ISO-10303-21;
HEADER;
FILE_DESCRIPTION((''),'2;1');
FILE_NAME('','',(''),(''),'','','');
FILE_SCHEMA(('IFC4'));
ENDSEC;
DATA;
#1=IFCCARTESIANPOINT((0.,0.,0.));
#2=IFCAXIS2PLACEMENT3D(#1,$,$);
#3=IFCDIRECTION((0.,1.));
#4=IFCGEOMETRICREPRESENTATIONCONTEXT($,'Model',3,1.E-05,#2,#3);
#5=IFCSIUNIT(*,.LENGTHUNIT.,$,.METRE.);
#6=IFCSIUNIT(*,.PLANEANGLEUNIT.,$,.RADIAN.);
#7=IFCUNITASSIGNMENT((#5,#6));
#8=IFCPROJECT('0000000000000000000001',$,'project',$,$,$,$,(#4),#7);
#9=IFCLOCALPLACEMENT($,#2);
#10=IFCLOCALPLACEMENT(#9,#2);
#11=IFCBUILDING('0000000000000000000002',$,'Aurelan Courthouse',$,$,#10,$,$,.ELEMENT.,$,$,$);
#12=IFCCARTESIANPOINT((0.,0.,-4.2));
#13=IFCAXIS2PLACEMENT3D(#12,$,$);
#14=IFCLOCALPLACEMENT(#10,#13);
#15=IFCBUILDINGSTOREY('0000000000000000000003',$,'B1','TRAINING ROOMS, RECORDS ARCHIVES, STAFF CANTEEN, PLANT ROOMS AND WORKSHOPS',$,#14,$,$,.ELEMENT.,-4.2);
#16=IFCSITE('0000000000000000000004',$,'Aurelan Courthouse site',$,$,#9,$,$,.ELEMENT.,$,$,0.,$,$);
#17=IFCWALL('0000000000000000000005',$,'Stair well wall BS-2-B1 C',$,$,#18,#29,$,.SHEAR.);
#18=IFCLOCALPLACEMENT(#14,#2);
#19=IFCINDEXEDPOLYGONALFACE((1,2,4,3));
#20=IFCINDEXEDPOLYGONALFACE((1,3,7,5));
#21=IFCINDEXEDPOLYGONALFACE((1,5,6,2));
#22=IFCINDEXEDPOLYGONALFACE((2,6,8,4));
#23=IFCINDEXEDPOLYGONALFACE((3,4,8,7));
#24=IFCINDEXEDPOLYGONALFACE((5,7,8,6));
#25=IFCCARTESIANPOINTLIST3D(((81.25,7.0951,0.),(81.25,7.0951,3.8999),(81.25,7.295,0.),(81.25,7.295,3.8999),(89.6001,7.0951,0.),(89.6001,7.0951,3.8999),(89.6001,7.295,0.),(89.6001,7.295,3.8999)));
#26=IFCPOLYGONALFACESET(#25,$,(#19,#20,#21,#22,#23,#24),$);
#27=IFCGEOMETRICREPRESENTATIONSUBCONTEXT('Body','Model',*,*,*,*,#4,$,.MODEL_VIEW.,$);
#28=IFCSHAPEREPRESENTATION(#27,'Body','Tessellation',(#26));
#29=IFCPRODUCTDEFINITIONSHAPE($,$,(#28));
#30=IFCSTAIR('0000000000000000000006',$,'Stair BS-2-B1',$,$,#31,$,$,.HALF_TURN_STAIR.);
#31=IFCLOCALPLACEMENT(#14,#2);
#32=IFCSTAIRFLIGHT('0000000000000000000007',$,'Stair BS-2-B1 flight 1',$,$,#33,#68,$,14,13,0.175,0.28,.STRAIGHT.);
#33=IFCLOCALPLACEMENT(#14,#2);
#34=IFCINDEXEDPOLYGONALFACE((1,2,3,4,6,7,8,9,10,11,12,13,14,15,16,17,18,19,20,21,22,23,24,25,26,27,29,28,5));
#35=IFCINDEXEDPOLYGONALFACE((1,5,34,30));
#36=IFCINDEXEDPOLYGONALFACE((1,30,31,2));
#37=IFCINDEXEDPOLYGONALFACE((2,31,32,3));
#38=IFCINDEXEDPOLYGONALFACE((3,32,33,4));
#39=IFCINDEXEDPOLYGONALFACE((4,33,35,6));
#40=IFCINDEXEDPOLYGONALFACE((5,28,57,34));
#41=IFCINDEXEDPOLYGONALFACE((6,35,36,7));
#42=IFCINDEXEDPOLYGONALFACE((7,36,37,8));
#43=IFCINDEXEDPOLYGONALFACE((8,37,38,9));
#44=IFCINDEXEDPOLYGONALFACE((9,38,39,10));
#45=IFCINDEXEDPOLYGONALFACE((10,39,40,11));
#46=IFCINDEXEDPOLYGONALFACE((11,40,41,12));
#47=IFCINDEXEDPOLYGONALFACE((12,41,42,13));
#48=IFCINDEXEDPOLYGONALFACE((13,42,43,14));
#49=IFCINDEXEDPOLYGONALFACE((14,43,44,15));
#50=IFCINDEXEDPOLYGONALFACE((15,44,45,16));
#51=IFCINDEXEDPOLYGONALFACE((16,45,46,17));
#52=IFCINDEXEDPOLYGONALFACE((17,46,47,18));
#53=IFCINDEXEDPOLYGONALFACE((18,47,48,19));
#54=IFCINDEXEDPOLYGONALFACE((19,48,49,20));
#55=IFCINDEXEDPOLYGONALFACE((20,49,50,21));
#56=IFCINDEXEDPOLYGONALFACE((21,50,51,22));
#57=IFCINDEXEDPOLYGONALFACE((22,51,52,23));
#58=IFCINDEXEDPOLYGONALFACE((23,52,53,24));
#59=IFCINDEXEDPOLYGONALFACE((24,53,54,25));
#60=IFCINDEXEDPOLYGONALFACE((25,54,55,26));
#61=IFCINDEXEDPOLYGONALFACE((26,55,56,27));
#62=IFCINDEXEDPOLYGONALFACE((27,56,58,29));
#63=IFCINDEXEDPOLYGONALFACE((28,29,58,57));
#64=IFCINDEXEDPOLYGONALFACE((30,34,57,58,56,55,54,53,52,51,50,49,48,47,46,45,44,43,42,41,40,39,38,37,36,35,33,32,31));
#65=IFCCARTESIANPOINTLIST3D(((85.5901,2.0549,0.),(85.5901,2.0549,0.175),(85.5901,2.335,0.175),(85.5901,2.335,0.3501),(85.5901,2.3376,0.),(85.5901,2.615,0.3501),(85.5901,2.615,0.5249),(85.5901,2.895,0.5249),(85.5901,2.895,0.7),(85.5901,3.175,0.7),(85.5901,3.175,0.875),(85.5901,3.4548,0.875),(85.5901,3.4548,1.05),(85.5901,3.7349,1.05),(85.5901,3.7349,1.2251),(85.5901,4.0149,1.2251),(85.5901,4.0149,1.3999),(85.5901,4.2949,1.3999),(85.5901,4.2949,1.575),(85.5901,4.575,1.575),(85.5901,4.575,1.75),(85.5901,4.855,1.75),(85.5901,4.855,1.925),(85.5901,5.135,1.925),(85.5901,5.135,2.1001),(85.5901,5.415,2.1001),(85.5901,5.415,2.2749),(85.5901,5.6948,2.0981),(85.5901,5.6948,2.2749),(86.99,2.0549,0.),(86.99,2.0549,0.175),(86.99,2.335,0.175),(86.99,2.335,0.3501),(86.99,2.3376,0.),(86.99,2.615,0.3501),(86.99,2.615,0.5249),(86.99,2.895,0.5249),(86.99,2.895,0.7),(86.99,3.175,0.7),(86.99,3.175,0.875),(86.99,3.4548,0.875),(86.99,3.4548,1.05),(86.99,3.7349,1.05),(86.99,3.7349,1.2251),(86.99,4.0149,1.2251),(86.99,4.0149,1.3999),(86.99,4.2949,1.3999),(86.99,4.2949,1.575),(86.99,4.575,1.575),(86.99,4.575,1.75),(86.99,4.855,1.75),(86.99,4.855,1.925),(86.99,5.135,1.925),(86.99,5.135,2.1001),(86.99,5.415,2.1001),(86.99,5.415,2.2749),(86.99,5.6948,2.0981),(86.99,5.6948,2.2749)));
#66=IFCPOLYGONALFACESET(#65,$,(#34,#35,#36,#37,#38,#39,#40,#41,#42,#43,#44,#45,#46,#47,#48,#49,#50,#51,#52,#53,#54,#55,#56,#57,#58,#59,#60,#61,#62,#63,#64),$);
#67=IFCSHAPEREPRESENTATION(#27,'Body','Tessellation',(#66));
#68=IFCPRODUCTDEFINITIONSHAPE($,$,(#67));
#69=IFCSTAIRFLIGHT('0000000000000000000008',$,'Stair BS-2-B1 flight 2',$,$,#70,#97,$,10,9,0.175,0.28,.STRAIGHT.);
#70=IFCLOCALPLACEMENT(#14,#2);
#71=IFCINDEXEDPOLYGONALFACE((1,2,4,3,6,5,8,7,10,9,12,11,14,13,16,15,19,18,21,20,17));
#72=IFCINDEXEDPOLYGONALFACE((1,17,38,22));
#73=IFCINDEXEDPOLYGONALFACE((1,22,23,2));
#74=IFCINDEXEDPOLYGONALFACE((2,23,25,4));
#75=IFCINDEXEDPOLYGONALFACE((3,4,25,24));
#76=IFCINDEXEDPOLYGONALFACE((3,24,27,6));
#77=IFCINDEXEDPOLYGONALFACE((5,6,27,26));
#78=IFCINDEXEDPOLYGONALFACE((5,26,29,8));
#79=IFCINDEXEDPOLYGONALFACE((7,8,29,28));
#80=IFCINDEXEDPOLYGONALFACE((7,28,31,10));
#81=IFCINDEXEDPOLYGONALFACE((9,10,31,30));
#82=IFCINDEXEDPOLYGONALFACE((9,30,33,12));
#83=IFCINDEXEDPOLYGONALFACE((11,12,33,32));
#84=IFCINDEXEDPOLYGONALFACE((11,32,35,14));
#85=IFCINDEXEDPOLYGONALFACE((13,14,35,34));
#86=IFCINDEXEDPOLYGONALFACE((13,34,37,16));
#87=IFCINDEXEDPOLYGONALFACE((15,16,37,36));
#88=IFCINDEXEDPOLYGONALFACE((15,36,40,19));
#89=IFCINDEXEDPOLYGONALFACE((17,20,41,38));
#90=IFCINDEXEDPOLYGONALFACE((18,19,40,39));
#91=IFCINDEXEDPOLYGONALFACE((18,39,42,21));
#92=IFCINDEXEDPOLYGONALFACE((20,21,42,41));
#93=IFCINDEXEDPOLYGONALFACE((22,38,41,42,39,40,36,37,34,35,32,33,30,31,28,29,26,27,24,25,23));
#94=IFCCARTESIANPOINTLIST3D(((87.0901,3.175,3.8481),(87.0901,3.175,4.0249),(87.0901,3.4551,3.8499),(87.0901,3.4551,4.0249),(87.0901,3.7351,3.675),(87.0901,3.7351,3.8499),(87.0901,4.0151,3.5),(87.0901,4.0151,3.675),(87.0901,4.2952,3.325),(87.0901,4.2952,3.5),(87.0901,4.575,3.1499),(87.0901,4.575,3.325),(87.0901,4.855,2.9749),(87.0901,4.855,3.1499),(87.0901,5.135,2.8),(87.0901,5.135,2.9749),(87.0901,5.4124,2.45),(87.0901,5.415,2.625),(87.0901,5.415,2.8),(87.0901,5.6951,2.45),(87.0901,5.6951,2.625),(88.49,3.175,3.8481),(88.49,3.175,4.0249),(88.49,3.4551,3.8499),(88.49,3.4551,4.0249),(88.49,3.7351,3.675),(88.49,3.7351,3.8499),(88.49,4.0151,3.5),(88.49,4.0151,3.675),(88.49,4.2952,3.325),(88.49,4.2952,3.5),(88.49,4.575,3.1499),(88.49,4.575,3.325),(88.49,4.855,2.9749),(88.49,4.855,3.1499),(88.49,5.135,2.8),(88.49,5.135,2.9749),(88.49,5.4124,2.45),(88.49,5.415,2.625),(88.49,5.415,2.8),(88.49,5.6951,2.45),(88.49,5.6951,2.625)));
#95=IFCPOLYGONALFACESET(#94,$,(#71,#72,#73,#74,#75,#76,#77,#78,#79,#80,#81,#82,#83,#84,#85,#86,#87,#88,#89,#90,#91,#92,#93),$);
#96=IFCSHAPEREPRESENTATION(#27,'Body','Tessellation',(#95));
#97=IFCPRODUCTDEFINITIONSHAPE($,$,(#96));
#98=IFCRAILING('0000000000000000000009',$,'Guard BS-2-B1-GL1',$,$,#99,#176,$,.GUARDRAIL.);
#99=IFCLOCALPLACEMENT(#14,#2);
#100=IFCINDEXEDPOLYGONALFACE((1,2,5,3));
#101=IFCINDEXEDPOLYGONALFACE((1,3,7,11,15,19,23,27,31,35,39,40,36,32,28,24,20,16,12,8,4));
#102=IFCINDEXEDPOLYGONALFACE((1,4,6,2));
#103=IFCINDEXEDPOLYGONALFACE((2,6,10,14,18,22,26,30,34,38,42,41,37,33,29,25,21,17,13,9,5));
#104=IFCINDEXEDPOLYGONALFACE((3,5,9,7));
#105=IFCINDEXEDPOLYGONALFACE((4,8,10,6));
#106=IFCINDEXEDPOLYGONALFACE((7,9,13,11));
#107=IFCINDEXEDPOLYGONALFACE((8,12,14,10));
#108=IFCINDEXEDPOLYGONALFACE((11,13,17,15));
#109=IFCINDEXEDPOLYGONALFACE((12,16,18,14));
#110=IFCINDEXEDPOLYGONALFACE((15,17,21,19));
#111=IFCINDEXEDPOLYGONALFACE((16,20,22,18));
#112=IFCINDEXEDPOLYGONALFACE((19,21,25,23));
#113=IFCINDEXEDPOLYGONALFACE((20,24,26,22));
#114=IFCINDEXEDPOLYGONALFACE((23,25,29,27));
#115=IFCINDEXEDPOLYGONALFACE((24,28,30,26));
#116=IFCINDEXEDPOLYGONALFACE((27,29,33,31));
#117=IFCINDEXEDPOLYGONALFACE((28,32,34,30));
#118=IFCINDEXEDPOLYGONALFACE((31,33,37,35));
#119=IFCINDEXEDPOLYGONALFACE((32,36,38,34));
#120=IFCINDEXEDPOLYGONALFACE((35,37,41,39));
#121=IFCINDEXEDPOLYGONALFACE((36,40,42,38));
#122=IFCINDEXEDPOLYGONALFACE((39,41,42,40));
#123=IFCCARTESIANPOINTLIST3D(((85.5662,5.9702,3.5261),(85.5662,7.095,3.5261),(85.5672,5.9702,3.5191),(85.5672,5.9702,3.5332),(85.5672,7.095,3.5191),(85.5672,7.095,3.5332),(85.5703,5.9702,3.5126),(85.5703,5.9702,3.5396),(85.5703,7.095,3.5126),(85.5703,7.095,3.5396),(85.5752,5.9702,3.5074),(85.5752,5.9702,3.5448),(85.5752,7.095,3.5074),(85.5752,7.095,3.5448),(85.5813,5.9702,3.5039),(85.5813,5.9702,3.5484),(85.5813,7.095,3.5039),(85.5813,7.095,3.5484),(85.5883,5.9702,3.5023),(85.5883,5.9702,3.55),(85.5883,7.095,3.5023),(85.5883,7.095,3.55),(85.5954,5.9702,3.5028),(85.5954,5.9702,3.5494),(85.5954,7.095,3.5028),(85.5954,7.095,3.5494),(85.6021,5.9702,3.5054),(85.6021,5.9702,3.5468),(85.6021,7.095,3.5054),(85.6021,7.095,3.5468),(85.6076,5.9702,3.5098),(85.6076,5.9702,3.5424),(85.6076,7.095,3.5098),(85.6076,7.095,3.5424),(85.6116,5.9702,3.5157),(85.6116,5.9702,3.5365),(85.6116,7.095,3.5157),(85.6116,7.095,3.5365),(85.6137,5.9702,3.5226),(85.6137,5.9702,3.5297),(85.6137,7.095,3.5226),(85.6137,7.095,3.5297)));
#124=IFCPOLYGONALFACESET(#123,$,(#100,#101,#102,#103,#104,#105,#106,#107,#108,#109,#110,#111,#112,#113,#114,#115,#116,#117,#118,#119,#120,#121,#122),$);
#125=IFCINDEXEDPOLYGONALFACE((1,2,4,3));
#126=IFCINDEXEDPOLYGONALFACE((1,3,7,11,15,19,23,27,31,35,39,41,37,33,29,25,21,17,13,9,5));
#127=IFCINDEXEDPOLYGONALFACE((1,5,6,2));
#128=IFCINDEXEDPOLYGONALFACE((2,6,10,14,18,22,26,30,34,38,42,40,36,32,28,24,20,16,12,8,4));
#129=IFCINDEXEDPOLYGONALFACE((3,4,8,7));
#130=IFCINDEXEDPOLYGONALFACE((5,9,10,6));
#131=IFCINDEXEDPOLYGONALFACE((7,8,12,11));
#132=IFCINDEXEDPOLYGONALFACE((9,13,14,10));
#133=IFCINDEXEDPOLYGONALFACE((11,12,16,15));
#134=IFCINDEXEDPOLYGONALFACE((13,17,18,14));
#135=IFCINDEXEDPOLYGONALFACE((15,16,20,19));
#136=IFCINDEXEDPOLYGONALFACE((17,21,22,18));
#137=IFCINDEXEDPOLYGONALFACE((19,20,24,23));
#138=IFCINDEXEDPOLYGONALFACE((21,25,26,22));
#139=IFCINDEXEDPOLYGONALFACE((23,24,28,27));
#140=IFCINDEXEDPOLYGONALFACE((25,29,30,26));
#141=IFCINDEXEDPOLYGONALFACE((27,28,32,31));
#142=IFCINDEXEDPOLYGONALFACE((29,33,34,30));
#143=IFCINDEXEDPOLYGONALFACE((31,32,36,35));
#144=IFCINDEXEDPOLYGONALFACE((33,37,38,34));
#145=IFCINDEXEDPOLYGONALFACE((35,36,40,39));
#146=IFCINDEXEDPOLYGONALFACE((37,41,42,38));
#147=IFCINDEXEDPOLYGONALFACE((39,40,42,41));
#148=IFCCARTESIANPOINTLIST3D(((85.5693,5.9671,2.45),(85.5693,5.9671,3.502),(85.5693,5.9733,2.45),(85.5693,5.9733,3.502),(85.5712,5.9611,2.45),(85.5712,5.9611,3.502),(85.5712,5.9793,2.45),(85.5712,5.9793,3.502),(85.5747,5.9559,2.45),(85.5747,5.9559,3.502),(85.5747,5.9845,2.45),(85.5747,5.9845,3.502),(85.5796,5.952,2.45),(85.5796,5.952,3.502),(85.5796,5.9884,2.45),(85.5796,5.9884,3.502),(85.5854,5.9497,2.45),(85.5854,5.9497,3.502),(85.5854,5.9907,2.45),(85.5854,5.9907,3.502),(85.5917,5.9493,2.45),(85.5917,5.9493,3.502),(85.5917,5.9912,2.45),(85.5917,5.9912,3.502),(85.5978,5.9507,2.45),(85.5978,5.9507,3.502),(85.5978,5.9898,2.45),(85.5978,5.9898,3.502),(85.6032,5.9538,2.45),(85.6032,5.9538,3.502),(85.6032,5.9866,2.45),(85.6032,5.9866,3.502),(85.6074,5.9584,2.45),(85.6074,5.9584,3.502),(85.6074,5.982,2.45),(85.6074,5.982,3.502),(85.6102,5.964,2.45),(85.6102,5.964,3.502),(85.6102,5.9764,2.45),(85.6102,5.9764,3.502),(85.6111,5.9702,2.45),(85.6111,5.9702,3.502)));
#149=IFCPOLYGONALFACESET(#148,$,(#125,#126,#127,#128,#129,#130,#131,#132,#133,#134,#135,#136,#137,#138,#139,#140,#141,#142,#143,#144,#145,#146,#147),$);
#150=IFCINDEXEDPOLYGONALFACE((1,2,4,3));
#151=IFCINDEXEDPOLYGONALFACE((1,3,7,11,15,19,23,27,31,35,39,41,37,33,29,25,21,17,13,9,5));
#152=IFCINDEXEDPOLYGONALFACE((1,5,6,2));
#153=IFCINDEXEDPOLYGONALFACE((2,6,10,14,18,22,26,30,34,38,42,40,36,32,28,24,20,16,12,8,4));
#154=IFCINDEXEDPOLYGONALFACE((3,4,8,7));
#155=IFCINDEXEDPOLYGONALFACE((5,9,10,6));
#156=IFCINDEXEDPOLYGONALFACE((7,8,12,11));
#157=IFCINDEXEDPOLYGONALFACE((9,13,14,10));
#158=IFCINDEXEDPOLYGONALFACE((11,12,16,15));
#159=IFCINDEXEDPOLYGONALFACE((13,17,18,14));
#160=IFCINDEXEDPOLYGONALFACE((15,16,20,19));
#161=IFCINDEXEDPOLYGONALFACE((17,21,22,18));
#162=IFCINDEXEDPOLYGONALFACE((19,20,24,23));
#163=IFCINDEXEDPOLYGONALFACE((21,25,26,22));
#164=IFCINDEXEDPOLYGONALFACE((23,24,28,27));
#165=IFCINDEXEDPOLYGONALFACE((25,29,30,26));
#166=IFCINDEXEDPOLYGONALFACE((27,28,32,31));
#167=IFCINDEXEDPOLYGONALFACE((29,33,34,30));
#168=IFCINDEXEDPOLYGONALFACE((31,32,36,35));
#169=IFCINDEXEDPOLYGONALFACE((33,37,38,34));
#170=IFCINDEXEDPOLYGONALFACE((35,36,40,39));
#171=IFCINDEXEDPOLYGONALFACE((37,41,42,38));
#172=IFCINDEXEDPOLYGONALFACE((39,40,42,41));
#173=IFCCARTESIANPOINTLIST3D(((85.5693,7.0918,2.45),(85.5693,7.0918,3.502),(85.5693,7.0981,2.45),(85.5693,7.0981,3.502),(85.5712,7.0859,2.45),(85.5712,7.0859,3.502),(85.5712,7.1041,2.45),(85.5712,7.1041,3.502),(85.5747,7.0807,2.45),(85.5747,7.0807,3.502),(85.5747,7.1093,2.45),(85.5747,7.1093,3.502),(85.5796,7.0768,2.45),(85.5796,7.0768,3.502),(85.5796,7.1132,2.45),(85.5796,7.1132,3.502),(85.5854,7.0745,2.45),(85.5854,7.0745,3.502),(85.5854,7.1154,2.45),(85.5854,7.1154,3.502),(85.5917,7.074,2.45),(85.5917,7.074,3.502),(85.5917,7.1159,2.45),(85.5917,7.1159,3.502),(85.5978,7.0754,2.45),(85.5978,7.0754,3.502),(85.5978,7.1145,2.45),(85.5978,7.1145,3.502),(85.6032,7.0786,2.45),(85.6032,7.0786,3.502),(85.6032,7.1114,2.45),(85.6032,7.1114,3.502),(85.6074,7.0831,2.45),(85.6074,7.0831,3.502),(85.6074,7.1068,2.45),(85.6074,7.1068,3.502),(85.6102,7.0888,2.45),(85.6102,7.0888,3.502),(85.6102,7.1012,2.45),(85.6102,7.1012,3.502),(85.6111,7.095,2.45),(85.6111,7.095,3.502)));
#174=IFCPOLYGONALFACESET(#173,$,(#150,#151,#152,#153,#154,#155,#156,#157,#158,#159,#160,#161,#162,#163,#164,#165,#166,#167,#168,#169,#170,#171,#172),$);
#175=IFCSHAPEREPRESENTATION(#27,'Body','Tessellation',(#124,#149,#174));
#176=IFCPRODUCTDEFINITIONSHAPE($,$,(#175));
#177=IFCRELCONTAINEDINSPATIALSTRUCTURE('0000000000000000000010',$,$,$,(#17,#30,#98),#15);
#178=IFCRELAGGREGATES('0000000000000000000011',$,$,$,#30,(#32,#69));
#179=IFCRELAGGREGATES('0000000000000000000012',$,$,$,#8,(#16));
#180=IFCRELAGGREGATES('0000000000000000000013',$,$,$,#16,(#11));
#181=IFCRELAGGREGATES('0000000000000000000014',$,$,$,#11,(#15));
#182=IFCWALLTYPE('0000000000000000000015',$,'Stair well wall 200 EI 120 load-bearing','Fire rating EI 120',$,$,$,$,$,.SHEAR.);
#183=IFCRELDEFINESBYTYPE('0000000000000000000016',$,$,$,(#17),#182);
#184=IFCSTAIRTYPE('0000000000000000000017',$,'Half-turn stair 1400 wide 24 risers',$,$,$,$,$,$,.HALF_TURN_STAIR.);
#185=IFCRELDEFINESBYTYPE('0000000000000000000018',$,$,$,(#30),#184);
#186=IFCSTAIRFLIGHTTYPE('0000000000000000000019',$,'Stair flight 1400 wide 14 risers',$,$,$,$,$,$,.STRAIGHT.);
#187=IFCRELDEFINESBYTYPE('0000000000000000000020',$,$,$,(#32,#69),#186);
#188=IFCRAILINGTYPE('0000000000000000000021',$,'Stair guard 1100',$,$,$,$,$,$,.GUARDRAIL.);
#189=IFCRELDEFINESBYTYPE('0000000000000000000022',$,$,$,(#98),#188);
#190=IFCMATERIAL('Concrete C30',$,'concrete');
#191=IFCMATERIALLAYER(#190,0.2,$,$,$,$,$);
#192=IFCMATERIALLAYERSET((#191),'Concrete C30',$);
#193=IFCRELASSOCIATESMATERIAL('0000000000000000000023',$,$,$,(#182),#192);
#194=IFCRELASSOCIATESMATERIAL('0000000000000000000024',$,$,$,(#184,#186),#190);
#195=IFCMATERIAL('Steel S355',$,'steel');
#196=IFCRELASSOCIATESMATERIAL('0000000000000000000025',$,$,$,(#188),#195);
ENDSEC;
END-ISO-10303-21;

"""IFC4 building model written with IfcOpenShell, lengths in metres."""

from ifc_helpers import new_model, si_unit, direction, frame, frame_2d, origin, origin_2d, place, context, subcontext, project, spatial, polyline, rectangle, circle, outline, extrude, material, layer, layer_set, type_object, element, aggregate, save


model = new_model("IFC4")

# Units and contexts
model_context = context("Model", 3, precision=1e-05, world=origin(), true_north=direction((0.0, 1.0)))
body_context = subcontext(model_context, "Body", "Model", "MODEL_VIEW")
ifc_project = project(units=[si_unit("LENGTHUNIT", "METRE"), si_unit("PLANEANGLEUNIT", "RADIAN")], contexts=[model_context])

# Site, building, storey
site_placement = place(None, origin())
site = spatial("IfcSite", under=ifc_project, at=site_placement, Name="Aurelan Courthouse site", CompositionType="ELEMENT", RefElevation=0.0)
building_placement = place(site_placement, origin())
building = spatial("IfcBuilding", under=site, at=building_placement, Name="Aurelan Courthouse", CompositionType="ELEMENT")
storey_placement = place(building_placement, frame((0.0, 0.0, -4.2)))
storey = spatial("IfcBuildingStorey", under=building, at=storey_placement, Name="B1", Description="TRAINING ROOMS, RECORDS ARCHIVES, STAFF CANTEEN, PLANT ROOMS AND WORKSHOPS", CompositionType="ELEMENT", Elevation=-4.2)

# Wall
ifc_material_1 = material(Name="Concrete C30", Category="concrete")
ifc_layer_1 = layer(ifc_material_1, 0.2)
ifc_layer_set_1 = layer_set([ifc_layer_1], Name="Concrete C30")
wall_type_1 = type_object("IfcWallType", Name="Stair well wall 200 EI 120 load-bearing", Description="Fire rating EI 120", PredefinedType="SHEAR", material=ifc_layer_set_1)
wall_1_placement = place(storey_placement, frame((81.25, 7.1951, 0.0), z_axis=(0.0, 0.0, 1.0), x_axis=(1.0, 0.0, 0.0)))
element("IfcWall", 1, at=wall_1_placement, inside=storey, type_object=wall_type_1, Name="Stair well wall BS-2-B1 C", PredefinedType="SHEAR", context=body_context, shape_type="SweptSolid", body=[
    extrude(rectangle(XDim=8.3501, YDim=0.2, at=frame_2d((4.175, 0.0))), origin(), (0.0, 0.0, 1.0), 3.8999),
])

# Stair, stair flights
stair_type = type_object("IfcStairType", Name="Half-turn stair 1400 wide 24 risers", PredefinedType="HALF_TURN_STAIR", material=ifc_material_1)
stair_placement = place(storey_placement, origin())
stair = element("IfcStair", 2, at=stair_placement, inside=storey, type_object=stair_type, Name="Stair BS-2-B1", PredefinedType="HALF_TURN_STAIR")
stair_flight_type = type_object("IfcStairFlightType", Name="Stair flight 1400 wide 14 risers", PredefinedType="STRAIGHT", material=ifc_material_1)
stair_flight_1_placement = place(storey_placement, frame((86.29, 2.0549, 0.0), z_axis=(0.0, 0.0, 1.0), x_axis=(0.0, 1.0, 0.0)))
stair_flight_1 = element("IfcStairFlight", 3, at=stair_flight_1_placement, type_object=stair_flight_type, Name="Stair BS-2-B1 flight 1", NumberOfRisers=14, NumberOfTreads=13, PredefinedType="STRAIGHT", RiserHeight=0.175, TreadLength=0.28, context=body_context, shape_type="SweptSolid", body=[
    extrude(outline(polyline([(0.0, 0.0), (0.0, 0.175), (0.28, 0.175), (0.28, 0.3501), (0.5601, 0.3501), (0.5601, 0.5249), (0.8401, 0.5249), (0.8401, 0.7), (1.1201, 0.7), (1.1201, 0.875), (1.3999, 0.875), (1.3999, 1.05), (1.6799, 1.05), (1.6799, 1.2251), (1.96, 1.2251), (1.96, 1.3999), (2.24, 1.3999), (2.24, 1.575), (2.52, 1.575), (2.52, 1.75), (2.8, 1.75), (2.8, 1.925), (3.0801, 1.925), (3.0801, 2.1001), (3.3601, 2.1001), (3.3601, 2.2749), (3.6399, 2.2749), (3.6399, 2.45), (3.6399, 2.0981), (0.2827, 0.0), (0.0, 0.0)])), frame((0.0, 0.7, 0.0), z_axis=(0.0, -1.0, 0.0), x_axis=(1.0, 0.0, 0.0)), (0.0, 0.0, 1.0), 1.3999),
])
stair_flight_2_placement = place(storey_placement, frame((87.79, 5.6951, 2.45), z_axis=(0.0, 0.0, 1.0), x_axis=(0.0, -1.0, 0.0)))
stair_flight_2 = element("IfcStairFlight", 4, at=stair_flight_2_placement, type_object=stair_flight_type, Name="Stair BS-2-B1 flight 2", NumberOfRisers=10, NumberOfTreads=9, PredefinedType="STRAIGHT", RiserHeight=0.175, TreadLength=0.28, context=body_context, shape_type="SweptSolid", body=[
    extrude(outline(polyline([(0.0, 0.0), (0.0, 0.175), (0.28, 0.175), (0.28, 0.3501), (0.5601, 0.3501), (0.5601, 0.5249), (0.8401, 0.5249), (0.8401, 0.7), (1.1201, 0.7), (1.1201, 0.875), (1.3999, 0.875), (1.3999, 1.05), (1.6799, 1.05), (1.6799, 1.2251), (1.96, 1.2251), (1.96, 1.3999), (2.24, 1.3999), (2.24, 1.575), (2.52, 1.575), (2.52, 1.75), (2.52, 1.3982), (0.2827, 0.0), (0.0, 0.0)])), frame((0.0, 0.7, 0.0), z_axis=(0.0, -1.0, 0.0), x_axis=(1.0, 0.0, 0.0)), (0.0, 0.0, 1.0), 1.3999),
])
aggregate(stair, [stair_flight_1, stair_flight_2])

# Railing
ifc_material_2 = material(Name="Steel S355", Category="steel")
railing_type_1 = type_object("IfcRailingType", Name="Stair guard 1100", PredefinedType="GUARDRAIL", material=ifc_material_2)
railing_1_placement = place(storey_placement, frame((85.5901, 5.9702, 2.45)))
element("IfcRailing", 5, at=railing_1_placement, inside=storey, type_object=railing_type_1, Name="Guard BS-2-B1-GL1", PredefinedType="GUARDRAIL", context=body_context, shape_type="SweptSolid", body=[
    extrude(circle(Radius=0.0239, at=origin_2d()), frame((0.0, 0.0, 1.0762), z_axis=(0.0, 1.0, 0.0), x_axis=(-1.0, 0.0, 0.0)), (0.0, 0.0, 1.0), 1.1248),
    extrude(circle(Radius=0.021, at=origin_2d()), origin(), (0.0, 0.0, 1.0), 1.052),
    extrude(circle(Radius=0.021, at=origin_2d()), frame((0.0, 1.1248, 0.0)), (0.0, 0.0, 1.0), 1.052),
])

save(model, "model.ifc")
